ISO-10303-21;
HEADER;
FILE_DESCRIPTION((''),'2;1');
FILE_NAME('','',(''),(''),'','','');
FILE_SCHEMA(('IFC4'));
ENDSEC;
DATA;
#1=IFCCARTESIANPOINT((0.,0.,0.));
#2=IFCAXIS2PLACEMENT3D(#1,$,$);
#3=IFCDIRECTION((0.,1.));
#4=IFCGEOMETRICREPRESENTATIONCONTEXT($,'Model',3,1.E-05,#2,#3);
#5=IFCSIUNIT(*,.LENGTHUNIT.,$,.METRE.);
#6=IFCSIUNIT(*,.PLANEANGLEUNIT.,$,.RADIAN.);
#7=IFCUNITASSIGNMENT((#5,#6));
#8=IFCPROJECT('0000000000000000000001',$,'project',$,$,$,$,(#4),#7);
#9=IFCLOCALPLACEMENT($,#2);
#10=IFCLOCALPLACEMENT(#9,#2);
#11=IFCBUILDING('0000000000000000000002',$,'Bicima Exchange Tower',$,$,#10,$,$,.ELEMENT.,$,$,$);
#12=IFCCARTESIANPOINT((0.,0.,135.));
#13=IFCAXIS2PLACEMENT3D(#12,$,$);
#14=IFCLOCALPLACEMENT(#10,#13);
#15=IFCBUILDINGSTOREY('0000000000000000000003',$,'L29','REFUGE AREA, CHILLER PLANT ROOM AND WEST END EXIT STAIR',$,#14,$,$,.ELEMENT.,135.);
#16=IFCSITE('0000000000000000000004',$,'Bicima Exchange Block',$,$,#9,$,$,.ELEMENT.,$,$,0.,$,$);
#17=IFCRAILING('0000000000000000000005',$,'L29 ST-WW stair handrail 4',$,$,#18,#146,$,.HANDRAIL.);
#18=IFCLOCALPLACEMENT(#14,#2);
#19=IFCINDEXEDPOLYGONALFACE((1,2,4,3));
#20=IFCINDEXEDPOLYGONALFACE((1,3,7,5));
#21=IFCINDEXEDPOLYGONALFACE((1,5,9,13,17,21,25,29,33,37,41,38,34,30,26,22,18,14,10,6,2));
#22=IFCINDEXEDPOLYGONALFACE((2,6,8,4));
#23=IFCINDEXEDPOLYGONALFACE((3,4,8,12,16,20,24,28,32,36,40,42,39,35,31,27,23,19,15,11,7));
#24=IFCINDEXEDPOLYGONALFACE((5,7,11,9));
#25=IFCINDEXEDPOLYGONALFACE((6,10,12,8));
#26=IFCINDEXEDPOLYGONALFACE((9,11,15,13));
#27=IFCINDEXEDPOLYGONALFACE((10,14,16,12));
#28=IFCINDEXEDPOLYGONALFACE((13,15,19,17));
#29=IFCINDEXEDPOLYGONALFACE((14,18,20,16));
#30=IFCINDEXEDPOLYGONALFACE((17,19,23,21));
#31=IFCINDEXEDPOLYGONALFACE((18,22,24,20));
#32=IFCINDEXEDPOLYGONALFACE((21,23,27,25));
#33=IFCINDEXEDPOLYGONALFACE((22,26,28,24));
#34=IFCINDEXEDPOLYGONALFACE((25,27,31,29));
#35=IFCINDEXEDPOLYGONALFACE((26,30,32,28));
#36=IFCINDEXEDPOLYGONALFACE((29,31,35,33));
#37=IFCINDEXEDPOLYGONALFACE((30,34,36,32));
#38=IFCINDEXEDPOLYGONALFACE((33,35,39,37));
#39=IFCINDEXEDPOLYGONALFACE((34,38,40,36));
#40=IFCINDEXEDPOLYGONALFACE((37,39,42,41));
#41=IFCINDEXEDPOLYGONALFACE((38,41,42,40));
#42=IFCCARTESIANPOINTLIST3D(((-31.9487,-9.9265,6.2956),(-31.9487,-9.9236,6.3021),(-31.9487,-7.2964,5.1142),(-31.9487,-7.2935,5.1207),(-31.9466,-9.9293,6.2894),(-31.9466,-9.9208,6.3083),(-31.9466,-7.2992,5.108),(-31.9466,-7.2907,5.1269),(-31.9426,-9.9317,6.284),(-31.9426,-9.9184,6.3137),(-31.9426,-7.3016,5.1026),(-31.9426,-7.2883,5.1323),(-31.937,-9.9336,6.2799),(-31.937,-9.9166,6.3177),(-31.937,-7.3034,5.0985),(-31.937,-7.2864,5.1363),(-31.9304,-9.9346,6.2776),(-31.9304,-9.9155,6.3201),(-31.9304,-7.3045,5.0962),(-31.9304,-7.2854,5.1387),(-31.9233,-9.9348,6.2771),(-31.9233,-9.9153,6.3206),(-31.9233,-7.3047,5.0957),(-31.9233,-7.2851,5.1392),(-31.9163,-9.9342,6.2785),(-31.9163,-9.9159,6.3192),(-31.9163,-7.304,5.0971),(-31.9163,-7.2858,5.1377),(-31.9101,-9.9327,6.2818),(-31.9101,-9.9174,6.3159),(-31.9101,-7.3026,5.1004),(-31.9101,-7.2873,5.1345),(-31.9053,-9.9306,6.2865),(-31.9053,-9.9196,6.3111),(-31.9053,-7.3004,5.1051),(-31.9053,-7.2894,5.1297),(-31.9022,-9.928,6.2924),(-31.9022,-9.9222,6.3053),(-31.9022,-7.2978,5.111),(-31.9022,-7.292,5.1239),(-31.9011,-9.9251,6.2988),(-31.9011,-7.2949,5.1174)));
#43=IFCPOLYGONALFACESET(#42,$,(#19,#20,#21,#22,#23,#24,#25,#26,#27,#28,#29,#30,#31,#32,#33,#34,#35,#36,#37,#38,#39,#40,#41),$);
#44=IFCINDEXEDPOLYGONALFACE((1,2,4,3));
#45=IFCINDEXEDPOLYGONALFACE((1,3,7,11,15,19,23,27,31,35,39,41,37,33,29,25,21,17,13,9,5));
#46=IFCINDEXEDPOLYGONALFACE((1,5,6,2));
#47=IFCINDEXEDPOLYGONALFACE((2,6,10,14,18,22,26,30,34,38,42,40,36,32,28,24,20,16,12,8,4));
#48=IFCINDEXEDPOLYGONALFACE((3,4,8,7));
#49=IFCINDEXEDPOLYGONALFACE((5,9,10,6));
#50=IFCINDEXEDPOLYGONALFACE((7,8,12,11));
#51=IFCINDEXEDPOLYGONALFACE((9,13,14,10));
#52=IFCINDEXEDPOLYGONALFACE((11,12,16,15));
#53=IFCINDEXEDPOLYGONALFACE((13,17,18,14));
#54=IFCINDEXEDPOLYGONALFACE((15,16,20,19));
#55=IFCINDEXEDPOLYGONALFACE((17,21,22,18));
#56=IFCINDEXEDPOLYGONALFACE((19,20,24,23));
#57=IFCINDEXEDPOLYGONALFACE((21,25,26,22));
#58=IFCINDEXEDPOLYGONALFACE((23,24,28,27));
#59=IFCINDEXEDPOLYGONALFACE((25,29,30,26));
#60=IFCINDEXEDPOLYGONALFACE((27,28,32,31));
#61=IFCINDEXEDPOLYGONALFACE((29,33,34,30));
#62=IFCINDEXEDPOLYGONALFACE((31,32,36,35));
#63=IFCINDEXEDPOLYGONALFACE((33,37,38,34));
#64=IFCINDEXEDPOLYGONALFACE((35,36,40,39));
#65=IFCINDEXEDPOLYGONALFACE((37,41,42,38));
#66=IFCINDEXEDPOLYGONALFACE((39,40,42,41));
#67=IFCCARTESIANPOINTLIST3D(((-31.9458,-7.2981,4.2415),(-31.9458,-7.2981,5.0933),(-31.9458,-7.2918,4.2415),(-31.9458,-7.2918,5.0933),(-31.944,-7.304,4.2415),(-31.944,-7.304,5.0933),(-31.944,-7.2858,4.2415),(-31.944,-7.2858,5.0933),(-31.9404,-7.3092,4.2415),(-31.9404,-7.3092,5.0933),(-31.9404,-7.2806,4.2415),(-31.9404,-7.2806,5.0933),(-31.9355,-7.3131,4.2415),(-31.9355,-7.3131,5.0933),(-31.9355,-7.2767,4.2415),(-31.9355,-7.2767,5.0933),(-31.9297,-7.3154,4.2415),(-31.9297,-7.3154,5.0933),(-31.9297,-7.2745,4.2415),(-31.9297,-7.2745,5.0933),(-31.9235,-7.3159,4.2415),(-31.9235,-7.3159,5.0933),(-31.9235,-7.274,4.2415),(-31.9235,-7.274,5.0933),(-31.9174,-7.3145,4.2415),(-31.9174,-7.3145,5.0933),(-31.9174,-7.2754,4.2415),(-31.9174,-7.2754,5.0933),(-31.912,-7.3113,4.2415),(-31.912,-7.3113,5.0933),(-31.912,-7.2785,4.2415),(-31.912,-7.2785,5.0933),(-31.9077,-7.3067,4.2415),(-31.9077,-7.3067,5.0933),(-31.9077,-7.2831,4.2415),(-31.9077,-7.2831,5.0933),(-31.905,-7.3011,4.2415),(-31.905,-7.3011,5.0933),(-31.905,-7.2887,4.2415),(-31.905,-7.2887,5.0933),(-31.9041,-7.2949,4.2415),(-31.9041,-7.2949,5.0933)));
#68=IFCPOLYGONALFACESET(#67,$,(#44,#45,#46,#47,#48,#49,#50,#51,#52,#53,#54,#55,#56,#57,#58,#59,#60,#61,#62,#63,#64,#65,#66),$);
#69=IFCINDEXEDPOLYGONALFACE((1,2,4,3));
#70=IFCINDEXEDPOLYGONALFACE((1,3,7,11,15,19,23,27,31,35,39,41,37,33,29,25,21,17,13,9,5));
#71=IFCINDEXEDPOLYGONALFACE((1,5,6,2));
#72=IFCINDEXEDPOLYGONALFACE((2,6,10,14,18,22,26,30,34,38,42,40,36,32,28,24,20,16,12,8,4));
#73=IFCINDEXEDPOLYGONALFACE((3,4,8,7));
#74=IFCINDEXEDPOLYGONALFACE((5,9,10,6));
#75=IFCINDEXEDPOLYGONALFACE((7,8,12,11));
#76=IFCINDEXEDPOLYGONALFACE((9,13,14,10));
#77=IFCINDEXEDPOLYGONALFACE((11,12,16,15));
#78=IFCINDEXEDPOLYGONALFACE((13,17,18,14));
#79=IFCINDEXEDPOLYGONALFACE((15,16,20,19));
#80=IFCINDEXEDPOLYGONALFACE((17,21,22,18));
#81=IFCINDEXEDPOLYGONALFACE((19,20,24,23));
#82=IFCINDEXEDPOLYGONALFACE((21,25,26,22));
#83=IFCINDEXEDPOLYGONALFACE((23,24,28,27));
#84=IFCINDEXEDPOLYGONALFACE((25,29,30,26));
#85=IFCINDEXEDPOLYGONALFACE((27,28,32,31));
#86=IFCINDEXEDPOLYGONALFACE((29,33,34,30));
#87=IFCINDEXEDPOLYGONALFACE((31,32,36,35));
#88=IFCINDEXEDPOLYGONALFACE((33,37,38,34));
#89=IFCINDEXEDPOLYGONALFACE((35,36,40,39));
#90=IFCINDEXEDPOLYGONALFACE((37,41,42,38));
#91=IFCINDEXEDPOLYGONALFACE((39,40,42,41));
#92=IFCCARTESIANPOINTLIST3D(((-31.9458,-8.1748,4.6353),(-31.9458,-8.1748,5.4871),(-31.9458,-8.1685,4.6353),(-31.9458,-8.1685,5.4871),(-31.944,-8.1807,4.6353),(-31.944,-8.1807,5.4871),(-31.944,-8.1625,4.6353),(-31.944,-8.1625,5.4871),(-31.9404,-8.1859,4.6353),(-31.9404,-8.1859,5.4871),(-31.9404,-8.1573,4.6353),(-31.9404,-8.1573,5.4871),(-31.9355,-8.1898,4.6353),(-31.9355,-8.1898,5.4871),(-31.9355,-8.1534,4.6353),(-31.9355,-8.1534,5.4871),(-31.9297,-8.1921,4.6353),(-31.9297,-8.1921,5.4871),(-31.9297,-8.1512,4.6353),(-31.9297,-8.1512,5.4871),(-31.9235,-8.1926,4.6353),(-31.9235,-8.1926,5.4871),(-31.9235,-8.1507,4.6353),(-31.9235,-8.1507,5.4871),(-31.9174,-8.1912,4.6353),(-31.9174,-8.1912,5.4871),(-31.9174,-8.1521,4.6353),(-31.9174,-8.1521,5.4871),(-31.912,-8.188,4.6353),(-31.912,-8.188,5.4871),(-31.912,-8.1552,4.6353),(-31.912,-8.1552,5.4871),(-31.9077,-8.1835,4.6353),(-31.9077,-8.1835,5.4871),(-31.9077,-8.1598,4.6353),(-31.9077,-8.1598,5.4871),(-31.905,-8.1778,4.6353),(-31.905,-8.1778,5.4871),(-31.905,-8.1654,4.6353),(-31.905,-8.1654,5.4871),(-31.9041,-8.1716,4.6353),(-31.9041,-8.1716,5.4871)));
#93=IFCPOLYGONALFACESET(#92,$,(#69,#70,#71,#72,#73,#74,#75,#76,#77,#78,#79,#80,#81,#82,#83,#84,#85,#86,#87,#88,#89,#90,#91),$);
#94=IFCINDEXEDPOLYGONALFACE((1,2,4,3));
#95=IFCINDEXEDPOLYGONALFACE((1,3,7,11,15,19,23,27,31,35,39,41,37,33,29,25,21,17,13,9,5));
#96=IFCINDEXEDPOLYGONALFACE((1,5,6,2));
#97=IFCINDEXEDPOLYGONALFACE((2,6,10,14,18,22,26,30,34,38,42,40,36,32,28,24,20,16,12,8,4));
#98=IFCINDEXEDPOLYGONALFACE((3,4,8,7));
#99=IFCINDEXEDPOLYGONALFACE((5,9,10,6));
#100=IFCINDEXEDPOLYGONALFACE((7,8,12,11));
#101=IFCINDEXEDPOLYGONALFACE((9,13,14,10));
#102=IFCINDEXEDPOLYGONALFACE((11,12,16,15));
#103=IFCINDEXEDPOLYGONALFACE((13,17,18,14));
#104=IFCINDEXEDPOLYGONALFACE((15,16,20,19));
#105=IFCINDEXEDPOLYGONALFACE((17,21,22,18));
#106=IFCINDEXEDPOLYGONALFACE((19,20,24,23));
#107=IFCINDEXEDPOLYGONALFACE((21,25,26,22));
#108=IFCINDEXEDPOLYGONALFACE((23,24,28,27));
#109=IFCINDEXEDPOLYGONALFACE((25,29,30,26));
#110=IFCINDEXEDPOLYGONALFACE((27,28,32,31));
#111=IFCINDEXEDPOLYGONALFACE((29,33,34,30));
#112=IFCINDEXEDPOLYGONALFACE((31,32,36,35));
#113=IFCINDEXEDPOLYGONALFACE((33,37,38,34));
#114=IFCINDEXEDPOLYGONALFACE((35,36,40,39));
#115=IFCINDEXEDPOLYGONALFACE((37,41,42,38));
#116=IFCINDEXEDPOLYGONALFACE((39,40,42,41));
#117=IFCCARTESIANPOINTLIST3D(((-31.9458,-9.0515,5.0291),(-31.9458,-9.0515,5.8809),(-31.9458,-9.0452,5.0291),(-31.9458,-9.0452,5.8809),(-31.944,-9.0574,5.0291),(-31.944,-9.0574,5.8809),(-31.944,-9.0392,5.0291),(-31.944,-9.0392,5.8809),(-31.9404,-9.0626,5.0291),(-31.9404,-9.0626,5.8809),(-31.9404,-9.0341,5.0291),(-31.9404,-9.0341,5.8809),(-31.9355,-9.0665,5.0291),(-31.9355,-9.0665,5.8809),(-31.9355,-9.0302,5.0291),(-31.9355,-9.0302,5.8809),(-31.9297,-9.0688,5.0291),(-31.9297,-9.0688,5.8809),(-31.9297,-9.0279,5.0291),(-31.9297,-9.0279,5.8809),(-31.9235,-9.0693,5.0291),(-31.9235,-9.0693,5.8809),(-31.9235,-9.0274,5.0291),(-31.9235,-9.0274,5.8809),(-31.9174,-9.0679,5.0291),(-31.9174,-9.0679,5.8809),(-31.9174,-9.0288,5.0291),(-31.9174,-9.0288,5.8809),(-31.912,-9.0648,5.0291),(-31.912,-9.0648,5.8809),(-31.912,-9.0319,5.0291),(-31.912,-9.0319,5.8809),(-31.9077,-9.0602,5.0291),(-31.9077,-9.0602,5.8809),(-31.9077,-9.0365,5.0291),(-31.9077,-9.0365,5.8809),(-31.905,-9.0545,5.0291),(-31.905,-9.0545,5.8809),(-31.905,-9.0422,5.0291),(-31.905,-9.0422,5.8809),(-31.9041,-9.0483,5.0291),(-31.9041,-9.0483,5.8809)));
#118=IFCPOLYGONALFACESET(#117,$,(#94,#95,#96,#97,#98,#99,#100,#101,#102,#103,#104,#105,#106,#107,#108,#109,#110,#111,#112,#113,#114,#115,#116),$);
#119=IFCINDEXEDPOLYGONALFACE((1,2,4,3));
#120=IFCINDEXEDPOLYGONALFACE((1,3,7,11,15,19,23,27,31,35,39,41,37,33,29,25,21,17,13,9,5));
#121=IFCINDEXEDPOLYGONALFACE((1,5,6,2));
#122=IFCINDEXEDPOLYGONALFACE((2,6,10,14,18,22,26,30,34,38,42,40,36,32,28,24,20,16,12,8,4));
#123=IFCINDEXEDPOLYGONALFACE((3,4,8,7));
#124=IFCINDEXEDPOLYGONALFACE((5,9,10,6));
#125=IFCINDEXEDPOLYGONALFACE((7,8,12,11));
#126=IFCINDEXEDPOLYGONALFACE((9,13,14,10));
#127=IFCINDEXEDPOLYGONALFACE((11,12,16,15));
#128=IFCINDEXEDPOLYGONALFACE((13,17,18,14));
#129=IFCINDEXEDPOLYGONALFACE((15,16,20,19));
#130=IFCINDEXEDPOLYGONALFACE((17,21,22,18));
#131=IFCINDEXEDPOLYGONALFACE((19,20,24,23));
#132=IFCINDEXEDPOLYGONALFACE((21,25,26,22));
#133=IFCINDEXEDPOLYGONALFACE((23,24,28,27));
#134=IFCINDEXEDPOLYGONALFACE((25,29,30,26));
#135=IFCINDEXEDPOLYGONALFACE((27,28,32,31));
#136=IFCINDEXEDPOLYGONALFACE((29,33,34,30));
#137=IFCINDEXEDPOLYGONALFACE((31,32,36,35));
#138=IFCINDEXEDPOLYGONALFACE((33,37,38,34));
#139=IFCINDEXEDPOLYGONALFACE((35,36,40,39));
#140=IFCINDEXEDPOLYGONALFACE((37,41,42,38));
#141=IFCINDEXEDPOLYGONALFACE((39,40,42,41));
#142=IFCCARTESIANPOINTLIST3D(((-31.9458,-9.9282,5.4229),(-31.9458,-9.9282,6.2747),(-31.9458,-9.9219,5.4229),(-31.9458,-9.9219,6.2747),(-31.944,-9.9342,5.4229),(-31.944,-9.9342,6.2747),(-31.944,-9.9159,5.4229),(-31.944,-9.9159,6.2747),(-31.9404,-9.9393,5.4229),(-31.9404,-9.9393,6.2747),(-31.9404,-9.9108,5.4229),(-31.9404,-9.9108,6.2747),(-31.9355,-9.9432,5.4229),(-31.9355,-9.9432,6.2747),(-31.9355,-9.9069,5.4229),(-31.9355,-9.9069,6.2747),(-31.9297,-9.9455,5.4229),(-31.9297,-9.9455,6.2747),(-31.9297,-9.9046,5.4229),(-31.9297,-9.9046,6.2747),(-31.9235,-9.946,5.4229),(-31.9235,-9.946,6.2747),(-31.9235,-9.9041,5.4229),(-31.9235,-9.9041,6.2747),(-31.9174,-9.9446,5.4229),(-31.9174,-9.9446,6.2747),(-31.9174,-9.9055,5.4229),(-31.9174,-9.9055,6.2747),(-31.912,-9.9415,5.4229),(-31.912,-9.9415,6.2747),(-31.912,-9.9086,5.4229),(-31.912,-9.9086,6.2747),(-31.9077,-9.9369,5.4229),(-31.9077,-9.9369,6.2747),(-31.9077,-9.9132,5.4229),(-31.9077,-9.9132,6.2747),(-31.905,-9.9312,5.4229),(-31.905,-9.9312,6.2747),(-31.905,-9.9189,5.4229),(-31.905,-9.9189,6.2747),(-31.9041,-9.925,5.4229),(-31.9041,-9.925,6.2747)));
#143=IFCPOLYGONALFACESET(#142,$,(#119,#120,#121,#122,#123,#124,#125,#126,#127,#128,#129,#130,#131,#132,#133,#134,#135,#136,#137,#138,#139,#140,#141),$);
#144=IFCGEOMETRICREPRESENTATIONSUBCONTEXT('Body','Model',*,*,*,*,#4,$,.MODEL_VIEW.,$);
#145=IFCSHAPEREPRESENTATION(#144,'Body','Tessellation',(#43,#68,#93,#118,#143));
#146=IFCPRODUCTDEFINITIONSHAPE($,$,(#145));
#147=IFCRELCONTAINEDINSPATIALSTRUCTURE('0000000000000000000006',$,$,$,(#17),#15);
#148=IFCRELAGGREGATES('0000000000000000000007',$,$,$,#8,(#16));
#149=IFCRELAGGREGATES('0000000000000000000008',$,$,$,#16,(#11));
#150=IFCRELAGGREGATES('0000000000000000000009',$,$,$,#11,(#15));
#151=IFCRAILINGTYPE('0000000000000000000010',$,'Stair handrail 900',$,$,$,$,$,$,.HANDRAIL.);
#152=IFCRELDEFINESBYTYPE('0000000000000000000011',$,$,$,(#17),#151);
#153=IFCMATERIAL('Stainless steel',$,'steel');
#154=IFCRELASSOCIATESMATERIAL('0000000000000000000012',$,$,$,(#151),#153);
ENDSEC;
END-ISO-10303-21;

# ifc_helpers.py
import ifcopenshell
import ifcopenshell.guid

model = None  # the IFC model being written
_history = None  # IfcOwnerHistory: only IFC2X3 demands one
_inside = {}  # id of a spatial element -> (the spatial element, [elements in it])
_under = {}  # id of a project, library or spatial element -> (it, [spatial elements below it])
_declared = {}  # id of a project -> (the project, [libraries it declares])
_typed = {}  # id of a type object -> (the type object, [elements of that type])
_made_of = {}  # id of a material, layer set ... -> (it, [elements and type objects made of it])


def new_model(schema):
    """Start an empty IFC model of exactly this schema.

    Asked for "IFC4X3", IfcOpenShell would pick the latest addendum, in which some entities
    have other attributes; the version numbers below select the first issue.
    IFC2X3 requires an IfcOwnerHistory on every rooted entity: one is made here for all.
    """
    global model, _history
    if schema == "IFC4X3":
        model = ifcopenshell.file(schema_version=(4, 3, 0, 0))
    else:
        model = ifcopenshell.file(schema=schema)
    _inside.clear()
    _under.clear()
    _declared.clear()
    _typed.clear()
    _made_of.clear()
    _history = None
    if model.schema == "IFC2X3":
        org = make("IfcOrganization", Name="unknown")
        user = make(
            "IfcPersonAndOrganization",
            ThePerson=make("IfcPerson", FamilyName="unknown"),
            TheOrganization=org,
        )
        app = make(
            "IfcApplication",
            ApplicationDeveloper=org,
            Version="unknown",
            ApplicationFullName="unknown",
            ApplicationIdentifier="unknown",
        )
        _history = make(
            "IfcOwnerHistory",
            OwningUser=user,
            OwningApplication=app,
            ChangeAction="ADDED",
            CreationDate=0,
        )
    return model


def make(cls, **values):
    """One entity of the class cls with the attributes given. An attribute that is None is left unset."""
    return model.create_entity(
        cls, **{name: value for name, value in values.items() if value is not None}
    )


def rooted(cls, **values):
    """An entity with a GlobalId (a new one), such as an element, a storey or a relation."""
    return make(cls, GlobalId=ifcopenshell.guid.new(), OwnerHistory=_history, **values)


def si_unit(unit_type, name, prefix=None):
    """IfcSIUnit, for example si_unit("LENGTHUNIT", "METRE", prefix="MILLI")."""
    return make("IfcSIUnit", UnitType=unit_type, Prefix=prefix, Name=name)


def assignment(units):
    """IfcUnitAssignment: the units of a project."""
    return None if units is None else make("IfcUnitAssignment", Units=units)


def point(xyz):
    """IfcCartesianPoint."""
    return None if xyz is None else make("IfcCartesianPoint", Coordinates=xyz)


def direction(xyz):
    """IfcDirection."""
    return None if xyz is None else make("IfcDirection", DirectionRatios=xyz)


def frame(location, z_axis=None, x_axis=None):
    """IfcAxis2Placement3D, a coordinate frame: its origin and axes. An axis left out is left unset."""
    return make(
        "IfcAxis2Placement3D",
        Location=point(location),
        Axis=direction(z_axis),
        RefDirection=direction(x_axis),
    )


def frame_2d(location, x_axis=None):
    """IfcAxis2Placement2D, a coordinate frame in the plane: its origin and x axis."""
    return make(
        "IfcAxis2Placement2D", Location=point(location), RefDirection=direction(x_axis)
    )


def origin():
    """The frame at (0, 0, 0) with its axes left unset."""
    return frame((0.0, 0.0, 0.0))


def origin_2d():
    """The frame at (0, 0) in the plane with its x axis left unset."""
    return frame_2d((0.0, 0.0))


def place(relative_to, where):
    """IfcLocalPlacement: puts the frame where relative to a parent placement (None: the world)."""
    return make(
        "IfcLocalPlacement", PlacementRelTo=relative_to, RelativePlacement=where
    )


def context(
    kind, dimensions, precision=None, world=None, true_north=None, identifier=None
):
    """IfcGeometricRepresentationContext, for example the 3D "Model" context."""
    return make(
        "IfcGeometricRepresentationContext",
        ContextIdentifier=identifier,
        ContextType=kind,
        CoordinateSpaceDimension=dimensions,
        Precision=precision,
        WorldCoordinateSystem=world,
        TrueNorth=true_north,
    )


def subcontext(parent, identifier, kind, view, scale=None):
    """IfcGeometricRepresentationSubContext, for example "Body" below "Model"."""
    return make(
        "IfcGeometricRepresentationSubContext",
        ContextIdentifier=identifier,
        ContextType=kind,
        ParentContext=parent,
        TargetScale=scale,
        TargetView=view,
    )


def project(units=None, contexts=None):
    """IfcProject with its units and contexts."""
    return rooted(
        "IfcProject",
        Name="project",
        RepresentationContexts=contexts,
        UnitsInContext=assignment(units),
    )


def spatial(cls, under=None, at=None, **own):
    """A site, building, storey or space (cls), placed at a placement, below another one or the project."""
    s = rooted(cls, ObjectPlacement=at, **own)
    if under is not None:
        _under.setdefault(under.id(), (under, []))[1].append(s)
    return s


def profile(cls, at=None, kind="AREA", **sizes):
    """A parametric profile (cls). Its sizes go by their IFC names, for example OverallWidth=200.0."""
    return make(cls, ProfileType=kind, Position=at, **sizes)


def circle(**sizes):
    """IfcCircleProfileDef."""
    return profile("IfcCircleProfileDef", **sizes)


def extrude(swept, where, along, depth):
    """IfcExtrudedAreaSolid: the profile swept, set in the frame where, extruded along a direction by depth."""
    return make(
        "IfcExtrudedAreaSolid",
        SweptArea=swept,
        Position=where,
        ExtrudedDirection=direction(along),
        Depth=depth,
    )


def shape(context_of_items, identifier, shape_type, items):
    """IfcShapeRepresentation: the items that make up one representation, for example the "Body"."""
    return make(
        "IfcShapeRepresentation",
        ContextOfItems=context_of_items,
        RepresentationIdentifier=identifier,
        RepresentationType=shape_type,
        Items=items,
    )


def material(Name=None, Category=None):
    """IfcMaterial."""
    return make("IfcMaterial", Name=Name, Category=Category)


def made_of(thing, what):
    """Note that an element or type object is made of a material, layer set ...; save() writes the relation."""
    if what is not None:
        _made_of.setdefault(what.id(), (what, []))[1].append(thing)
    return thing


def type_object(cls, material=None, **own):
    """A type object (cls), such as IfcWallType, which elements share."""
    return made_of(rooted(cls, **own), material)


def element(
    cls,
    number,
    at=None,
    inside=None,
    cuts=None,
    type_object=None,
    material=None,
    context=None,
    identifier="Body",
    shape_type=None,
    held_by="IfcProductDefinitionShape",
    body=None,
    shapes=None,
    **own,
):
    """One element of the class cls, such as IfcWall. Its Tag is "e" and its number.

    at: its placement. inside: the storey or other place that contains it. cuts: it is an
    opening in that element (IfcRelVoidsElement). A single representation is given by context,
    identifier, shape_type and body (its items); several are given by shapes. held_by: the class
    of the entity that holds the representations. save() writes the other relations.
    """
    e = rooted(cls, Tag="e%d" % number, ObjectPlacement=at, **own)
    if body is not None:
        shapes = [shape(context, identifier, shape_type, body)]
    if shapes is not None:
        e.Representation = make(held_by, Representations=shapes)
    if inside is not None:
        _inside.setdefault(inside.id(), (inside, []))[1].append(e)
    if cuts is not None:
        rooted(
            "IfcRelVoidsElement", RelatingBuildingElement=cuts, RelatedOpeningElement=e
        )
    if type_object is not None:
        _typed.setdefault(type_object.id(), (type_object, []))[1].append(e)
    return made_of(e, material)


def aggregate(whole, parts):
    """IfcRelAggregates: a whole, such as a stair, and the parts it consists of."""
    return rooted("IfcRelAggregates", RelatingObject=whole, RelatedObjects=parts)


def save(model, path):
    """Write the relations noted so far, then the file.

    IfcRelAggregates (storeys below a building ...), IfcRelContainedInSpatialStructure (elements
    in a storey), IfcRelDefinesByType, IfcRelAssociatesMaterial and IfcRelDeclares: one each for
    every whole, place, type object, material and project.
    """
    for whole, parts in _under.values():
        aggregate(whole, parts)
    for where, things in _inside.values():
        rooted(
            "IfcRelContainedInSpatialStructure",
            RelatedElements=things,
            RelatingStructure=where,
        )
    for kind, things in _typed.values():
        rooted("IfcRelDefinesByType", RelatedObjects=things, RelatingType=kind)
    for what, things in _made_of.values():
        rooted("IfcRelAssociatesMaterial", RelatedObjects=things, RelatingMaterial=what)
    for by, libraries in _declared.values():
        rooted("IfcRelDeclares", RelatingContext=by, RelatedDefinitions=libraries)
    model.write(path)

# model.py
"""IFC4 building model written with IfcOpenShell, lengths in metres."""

from ifc_helpers import new_model, si_unit, direction, frame, origin, origin_2d, place, context, subcontext, project, spatial, circle, extrude, material, type_object, element, save


model = new_model("IFC4")

# Units and contexts
model_context = context("Model", 3, precision=1e-05, world=origin(), true_north=direction((0.0, 1.0)))
body_context = subcontext(model_context, "Body", "Model", "MODEL_VIEW")
ifc_project = project(units=[si_unit("LENGTHUNIT", "METRE"), si_unit("PLANEANGLEUNIT", "RADIAN")], contexts=[model_context])

# Site, building, storey
site_placement = place(None, origin())
site = spatial("IfcSite", under=ifc_project, at=site_placement, Name="Bicima Exchange Block", CompositionType="ELEMENT", RefElevation=0.0)
building_placement = place(site_placement, origin())
building = spatial("IfcBuilding", under=site, at=building_placement, Name="Bicima Exchange Tower", CompositionType="ELEMENT")
storey_placement = place(building_placement, frame((0.0, 0.0, 135.0)))
storey = spatial("IfcBuildingStorey", under=building, at=storey_placement, Name="L29", Description="REFUGE AREA, CHILLER PLANT ROOM AND WEST END EXIT STAIR", CompositionType="ELEMENT", Elevation=135.0)

# Railing
ifc_material_1 = material(Name="Stainless steel", Category="steel")
railing_type_1 = type_object("IfcRailingType", Name="Stair handrail 900", PredefinedType="HANDRAIL", material=ifc_material_1)
railing_1_placement = place(storey_placement, frame((-31.925, -7.2949, 4.2415)))
element("IfcRailing", 1, at=railing_1_placement, inside=storey, type_object=railing_type_1, Name="L29 ST-WW stair handrail 4", PredefinedType="HANDRAIL", context=body_context, shape_type="SweptSolid", body=[
    extrude(circle(Radius=0.0239, at=origin_2d()), frame((0.0, 0.0, 0.876), z_axis=(0.0, -0.912202, 0.409741), x_axis=(1.0, 0.0, 0.0)), (0.0, 0.0, 1.0), 2.8833),
    extrude(circle(Radius=0.021, at=origin_2d()), origin(), (0.0, 0.0, 1.0), 0.8518),
    extrude(circle(Radius=0.021, at=origin_2d()), frame((0.0, -0.8767, 0.3938)), (0.0, 0.0, 1.0), 0.8518),
    extrude(circle(Radius=0.021, at=origin_2d()), frame((0.0, -1.7534, 0.7876)), (0.0, 0.0, 1.0), 0.8518),
    extrude(circle(Radius=0.021, at=origin_2d()), frame((0.0, -2.6301, 1.1814)), (0.0, 0.0, 1.0), 0.8518),
])

save(model, "model.ifc")
